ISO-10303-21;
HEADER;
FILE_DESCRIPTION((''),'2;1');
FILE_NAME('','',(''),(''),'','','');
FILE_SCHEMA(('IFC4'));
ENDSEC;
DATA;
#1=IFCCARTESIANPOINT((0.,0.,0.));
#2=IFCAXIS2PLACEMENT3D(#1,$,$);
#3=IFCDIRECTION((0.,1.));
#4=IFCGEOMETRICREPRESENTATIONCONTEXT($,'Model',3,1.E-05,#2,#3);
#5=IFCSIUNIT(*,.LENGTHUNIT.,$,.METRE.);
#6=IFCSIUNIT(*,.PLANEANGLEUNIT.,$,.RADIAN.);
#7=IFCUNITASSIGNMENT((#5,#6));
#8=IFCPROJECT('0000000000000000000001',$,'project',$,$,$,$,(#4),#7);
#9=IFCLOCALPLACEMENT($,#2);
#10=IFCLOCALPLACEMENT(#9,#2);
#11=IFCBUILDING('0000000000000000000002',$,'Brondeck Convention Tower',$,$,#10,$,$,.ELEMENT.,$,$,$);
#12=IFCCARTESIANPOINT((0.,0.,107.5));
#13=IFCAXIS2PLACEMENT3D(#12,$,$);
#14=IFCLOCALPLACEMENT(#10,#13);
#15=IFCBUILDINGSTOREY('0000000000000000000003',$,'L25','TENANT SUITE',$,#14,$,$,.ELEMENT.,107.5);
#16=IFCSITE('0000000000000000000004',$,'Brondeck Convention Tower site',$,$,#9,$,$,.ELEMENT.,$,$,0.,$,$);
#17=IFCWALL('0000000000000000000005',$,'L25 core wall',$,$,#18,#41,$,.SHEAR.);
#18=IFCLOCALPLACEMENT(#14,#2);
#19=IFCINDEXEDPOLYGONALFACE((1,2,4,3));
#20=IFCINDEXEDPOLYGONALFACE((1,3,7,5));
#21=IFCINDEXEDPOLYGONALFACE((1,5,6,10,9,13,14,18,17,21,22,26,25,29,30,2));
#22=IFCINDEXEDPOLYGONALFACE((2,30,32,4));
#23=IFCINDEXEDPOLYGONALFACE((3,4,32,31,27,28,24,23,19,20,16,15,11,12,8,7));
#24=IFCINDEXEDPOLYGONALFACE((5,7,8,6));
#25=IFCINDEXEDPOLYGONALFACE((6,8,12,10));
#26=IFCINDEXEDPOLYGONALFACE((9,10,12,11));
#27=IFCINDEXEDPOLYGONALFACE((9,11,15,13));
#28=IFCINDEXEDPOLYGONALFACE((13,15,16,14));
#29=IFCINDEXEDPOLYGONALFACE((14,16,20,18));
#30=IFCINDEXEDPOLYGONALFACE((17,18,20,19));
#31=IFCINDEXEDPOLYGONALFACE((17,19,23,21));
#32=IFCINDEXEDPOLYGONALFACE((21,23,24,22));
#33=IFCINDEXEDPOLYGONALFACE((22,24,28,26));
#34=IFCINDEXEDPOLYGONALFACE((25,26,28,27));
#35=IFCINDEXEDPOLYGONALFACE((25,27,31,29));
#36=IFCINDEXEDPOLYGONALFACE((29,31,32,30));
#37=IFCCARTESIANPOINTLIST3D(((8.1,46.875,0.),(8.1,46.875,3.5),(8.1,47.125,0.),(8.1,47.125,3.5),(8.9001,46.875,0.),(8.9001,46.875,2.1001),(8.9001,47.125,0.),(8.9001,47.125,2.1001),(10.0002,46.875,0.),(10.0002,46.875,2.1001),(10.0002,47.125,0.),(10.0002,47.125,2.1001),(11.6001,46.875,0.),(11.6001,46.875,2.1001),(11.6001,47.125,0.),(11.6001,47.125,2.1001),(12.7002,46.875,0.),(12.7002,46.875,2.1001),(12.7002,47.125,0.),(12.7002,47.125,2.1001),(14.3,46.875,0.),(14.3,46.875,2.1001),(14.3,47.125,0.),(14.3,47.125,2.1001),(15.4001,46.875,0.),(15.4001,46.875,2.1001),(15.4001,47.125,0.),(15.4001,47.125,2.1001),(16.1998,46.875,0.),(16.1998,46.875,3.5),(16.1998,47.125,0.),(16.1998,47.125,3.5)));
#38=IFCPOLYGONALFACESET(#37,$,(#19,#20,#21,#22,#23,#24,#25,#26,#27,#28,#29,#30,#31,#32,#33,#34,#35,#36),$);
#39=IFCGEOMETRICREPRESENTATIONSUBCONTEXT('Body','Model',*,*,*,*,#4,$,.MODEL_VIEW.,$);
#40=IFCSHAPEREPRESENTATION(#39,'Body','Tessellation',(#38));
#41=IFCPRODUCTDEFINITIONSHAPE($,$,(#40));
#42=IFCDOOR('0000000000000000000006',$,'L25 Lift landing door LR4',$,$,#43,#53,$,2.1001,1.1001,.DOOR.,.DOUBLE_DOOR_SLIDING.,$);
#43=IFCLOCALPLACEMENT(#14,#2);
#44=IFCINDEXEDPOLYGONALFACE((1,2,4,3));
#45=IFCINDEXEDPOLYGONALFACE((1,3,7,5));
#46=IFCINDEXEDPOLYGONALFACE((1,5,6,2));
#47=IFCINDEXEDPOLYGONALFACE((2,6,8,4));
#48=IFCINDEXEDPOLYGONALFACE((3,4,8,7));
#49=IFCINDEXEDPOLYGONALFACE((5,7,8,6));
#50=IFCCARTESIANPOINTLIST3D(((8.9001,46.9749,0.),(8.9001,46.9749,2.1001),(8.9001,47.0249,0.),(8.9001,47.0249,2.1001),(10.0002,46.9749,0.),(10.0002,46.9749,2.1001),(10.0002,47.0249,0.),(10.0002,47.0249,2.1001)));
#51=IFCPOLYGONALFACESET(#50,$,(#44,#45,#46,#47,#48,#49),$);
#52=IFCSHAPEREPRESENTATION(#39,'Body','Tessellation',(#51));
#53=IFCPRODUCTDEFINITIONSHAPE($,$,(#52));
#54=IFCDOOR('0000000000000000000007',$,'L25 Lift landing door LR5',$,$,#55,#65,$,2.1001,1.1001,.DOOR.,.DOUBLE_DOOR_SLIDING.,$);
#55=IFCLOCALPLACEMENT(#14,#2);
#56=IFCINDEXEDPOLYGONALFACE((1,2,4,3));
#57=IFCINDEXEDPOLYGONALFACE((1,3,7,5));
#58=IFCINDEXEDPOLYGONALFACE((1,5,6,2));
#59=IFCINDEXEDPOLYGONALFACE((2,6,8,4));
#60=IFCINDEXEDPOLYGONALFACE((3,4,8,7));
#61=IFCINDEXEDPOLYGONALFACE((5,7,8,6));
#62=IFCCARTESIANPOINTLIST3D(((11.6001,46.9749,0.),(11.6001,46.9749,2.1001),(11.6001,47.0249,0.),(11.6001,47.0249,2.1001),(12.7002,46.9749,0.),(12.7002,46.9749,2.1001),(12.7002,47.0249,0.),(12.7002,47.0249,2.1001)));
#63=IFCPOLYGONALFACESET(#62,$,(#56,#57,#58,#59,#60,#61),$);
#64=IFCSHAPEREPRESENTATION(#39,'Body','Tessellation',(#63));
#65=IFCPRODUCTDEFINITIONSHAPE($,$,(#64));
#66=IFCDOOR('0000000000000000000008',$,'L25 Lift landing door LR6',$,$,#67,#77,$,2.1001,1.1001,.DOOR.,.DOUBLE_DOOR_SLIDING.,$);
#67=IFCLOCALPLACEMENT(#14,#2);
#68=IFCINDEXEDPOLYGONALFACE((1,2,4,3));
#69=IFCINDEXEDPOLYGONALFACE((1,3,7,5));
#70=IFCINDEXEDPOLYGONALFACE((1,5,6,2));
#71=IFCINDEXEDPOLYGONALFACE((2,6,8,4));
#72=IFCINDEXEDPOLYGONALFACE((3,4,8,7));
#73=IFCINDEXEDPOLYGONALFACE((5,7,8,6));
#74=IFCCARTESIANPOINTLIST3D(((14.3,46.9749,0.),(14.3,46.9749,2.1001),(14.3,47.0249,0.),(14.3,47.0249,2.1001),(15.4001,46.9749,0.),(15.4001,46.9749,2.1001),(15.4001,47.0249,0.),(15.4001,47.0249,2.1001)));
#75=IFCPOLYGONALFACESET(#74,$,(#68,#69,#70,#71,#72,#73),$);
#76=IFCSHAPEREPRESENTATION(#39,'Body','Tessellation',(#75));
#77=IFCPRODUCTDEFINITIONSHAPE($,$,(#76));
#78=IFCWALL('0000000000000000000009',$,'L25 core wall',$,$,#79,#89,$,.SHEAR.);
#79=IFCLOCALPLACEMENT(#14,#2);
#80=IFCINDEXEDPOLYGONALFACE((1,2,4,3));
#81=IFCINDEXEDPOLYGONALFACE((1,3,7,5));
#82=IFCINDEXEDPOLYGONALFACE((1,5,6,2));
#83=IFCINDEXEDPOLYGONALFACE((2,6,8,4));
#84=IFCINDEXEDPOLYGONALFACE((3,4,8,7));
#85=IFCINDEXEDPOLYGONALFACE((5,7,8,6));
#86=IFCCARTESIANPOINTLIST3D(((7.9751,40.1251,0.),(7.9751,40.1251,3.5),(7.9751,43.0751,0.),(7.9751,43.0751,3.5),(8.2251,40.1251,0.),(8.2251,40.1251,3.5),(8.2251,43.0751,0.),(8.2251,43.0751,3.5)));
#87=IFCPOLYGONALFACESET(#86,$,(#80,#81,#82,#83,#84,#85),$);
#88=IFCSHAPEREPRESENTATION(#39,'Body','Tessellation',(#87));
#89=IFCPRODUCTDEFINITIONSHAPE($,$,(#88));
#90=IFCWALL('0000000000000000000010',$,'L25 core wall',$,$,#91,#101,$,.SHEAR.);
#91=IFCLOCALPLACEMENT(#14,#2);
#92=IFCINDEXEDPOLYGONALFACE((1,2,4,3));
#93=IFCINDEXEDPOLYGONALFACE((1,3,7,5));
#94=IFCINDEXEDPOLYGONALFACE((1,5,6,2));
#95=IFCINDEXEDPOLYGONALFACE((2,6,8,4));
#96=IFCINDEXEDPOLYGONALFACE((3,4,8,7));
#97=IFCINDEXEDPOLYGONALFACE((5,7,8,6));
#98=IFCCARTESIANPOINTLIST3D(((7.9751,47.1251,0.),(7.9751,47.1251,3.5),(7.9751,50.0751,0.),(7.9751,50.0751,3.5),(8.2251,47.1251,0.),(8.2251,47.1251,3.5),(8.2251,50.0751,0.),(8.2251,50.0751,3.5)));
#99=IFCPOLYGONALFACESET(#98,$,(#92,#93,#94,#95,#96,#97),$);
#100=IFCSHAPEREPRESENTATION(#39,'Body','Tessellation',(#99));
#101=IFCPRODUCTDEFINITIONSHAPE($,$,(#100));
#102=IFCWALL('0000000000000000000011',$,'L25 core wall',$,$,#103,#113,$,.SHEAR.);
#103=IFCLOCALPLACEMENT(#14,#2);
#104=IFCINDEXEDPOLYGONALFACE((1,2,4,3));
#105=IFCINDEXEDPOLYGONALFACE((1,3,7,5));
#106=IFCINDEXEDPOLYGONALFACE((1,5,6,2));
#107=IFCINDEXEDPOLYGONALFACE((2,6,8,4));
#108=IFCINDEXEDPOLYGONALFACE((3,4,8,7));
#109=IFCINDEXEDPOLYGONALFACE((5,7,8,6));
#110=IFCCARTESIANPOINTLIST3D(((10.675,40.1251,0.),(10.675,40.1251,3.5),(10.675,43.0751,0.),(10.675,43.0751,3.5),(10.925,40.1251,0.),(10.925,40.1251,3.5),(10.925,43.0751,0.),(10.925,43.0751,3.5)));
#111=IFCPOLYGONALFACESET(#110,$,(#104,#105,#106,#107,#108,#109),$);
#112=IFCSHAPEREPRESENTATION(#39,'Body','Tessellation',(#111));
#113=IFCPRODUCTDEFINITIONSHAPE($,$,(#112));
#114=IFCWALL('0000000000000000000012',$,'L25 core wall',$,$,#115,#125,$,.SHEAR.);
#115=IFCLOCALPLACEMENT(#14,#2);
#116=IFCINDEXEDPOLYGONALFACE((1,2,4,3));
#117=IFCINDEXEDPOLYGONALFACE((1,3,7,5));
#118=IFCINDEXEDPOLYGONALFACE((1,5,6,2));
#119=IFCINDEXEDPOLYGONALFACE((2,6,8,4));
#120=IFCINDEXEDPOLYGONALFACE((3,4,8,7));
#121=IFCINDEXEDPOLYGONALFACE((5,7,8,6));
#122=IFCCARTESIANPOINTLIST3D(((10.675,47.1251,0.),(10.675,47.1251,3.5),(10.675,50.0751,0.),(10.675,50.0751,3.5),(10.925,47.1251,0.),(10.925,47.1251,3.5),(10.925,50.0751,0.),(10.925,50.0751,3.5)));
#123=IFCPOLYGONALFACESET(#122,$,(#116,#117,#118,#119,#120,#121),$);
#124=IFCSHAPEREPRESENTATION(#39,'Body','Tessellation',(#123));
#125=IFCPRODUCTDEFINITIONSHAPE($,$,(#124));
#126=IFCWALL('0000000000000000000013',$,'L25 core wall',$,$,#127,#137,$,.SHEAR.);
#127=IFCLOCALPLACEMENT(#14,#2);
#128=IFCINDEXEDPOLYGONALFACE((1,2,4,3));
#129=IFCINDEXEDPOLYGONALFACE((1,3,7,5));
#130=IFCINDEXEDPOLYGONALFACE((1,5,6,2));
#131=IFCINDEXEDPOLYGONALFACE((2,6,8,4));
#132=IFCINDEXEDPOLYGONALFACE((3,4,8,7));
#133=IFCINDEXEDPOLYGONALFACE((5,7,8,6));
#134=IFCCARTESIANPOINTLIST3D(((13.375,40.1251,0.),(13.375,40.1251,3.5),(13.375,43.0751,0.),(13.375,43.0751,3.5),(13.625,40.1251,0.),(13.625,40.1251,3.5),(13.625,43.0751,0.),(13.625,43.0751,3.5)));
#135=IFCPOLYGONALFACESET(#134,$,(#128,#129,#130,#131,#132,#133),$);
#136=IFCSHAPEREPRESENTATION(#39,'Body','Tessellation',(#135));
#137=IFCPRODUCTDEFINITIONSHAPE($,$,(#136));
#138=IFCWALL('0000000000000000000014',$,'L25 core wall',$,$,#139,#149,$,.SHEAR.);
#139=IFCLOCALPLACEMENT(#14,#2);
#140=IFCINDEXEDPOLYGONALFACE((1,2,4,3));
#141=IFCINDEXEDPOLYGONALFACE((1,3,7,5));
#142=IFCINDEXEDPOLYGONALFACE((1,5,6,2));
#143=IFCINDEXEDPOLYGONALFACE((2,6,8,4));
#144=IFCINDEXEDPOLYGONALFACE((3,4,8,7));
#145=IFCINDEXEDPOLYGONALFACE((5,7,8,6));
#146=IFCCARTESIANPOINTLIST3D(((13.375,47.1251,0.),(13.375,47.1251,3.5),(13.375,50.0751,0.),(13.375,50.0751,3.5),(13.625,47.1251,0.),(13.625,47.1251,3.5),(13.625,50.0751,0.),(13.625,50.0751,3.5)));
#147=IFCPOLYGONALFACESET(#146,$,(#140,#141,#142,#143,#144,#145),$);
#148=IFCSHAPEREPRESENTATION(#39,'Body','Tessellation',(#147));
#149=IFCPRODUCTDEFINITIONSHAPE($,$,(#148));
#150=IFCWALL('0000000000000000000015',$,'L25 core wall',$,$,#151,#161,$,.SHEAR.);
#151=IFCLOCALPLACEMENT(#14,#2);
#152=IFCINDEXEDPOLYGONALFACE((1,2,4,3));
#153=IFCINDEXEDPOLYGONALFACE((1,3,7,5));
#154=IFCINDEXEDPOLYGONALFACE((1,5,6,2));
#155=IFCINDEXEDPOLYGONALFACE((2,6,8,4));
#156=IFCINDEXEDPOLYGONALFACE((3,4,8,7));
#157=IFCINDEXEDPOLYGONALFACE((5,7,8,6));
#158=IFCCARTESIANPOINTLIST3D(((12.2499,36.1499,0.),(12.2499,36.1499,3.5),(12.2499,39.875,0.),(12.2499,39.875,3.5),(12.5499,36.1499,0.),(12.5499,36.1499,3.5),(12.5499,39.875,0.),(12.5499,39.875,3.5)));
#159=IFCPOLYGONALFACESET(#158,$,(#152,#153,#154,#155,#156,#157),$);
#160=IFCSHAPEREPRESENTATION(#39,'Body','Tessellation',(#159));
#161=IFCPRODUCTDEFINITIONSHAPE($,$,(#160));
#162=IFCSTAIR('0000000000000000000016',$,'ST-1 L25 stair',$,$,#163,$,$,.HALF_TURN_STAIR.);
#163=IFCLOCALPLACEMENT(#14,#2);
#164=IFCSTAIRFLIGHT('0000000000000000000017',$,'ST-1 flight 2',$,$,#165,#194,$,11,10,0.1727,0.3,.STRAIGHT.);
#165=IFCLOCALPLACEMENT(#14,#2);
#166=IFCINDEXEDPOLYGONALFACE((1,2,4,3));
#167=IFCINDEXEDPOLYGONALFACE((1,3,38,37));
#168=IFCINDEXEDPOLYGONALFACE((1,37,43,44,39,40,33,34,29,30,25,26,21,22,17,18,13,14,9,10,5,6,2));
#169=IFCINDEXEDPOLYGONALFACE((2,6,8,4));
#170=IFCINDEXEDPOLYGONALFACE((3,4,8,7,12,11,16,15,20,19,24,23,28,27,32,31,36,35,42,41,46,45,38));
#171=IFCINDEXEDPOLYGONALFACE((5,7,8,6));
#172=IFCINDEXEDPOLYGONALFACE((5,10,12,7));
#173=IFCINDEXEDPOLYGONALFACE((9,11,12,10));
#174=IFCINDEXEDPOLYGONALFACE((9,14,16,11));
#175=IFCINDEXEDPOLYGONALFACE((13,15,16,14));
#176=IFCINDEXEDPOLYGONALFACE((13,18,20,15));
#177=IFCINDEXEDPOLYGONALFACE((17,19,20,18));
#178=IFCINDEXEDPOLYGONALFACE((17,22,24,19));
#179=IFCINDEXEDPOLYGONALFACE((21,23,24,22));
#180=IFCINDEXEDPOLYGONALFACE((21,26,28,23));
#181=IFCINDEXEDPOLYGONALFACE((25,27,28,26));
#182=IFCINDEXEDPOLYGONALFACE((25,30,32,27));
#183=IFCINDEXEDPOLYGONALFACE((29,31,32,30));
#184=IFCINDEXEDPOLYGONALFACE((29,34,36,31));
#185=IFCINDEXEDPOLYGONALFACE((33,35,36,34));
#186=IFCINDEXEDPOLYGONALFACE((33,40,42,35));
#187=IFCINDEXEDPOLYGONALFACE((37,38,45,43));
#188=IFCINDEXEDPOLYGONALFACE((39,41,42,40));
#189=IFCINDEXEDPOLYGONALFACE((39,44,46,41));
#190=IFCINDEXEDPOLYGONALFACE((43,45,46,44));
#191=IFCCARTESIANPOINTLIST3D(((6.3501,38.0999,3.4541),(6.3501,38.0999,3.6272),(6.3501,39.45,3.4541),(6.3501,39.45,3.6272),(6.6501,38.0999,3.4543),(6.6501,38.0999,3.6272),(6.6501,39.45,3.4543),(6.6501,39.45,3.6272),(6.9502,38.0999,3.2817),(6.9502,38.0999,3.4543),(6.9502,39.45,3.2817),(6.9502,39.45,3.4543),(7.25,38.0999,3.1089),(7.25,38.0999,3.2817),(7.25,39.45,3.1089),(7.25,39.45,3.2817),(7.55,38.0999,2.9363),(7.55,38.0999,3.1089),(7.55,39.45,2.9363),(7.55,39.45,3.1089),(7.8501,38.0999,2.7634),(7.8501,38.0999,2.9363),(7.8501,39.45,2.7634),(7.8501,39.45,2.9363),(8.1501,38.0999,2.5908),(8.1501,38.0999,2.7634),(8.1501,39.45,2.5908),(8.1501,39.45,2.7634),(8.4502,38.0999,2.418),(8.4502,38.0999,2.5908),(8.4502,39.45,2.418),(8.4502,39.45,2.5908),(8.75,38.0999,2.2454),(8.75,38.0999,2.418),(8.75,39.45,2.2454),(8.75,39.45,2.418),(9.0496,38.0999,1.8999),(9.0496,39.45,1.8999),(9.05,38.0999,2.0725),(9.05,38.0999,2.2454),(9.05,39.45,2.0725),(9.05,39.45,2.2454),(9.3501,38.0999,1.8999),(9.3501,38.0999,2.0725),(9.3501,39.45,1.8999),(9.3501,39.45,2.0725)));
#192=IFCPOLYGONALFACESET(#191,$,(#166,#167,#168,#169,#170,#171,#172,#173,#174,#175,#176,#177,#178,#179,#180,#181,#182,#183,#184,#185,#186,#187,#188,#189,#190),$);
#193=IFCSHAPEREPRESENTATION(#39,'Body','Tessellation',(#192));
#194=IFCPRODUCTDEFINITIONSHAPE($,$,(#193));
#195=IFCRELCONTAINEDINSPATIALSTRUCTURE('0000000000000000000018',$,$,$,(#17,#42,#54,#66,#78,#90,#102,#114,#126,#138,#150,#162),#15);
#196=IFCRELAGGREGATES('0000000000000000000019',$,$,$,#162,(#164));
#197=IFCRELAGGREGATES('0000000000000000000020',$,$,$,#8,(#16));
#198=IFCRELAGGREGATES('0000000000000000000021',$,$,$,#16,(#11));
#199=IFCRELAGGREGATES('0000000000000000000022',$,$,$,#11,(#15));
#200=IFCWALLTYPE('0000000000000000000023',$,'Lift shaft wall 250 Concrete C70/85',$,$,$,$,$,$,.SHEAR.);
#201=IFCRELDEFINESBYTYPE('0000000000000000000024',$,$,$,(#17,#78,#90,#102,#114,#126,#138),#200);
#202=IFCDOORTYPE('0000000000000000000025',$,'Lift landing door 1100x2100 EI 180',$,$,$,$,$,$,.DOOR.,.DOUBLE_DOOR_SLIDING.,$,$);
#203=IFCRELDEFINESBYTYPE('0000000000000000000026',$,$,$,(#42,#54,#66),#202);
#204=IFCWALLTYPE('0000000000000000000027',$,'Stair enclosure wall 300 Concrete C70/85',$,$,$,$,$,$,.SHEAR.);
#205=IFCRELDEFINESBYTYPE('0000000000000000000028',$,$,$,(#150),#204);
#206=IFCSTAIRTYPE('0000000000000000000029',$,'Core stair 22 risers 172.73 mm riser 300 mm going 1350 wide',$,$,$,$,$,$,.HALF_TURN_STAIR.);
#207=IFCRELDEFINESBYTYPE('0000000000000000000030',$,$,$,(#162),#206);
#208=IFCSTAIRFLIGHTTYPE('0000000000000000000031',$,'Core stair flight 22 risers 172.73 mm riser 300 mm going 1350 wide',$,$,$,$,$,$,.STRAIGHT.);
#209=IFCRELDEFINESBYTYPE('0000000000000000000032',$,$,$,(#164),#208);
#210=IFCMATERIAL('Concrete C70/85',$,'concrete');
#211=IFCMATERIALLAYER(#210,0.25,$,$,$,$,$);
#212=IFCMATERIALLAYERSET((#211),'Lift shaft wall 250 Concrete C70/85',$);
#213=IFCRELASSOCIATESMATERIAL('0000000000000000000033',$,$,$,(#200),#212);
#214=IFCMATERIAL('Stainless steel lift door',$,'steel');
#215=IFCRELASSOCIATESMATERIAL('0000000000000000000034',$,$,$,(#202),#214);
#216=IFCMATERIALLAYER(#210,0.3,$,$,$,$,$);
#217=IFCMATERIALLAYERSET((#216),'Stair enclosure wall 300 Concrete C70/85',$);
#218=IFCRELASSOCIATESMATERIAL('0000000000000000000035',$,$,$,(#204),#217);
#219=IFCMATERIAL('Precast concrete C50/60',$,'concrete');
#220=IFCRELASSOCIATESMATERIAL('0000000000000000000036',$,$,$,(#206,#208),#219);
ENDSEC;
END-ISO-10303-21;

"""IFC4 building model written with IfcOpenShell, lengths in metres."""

from ifc_helpers import new_model, si_unit, direction, frame, frame_2d, origin, place, context, subcontext, project, spatial, polyline, rectangle, outline, extrude, material, layer, layer_set, type_object, element, fill, aggregate, save


model = new_model("IFC4")

# Units and contexts
model_context = context("Model", 3, precision=1e-05, world=origin(), true_north=direction((0.0, 1.0)))
body_context = subcontext(model_context, "Body", "Model", "MODEL_VIEW")
ifc_project = project(units=[si_unit("LENGTHUNIT", "METRE"), si_unit("PLANEANGLEUNIT", "RADIAN")], contexts=[model_context])

# Site, building, storey
site_placement = place(None, origin())
site = spatial("IfcSite", under=ifc_project, at=site_placement, Name="Brondeck Convention Tower site", CompositionType="ELEMENT", RefElevation=0.0)
building_placement = place(site_placement, origin())
building = spatial("IfcBuilding", under=site, at=building_placement, Name="Brondeck Convention Tower", CompositionType="ELEMENT")
storey_placement = place(building_placement, frame((0.0, 0.0, 107.5)))
storey = spatial("IfcBuildingStorey", under=building, at=storey_placement, Name="L25", Description="TENANT SUITE", CompositionType="ELEMENT", Elevation=107.5)

# Wall, openings, doors
ifc_material_1 = material(Name="Concrete C70/85", Category="concrete")
ifc_layer_1 = layer(ifc_material_1, 0.25)
ifc_layer_set_1 = layer_set([ifc_layer_1], Name="Lift shaft wall 250 Concrete C70/85")
wall_type_1 = type_object("IfcWallType", Name="Lift shaft wall 250 Concrete C70/85", PredefinedType="SHEAR", material=ifc_layer_set_1)
ifc_material_2 = material(Name="Stainless steel lift door", Category="steel")
door_type_1 = type_object("IfcDoorType", Name="Lift landing door 1100x2100 EI 180", OperationType="DOUBLE_DOOR_SLIDING", PredefinedType="DOOR", material=ifc_material_2)
wall_1_placement = place(storey_placement, frame((8.1001, 47.0, 0.0), z_axis=(0.0, 0.0, 1.0), x_axis=(1.0, 0.0, 0.0)))
wall_1 = element("IfcWall", 1, at=wall_1_placement, inside=storey, type_object=wall_type_1, Name="L25 core wall", PredefinedType="SHEAR", context=body_context, shape_type="SweptSolid", body=[
    extrude(rectangle(XDim=8.0999, YDim=0.25, at=frame_2d((4.0498, 0.0))), origin(), (0.0, 0.0, 1.0), 3.5),
])
opening_1_placement = place(wall_1_placement, frame((0.8, 0.0, 0.0)))
opening_1 = element("IfcOpeningElement", 2, at=opening_1_placement, cuts=wall_1, PredefinedType="OPENING", context=body_context, shape_type="SweptSolid", body=[
    extrude(rectangle(XDim=1.1001, YDim=2.1001, at=frame_2d((0.55, 1.05))), frame((0.0, 0.135, 0.0), z_axis=(0.0, -1.0, 0.0), x_axis=(1.0, 0.0, 0.0)), (0.0, 0.0, 1.0), 0.27),
])
opening_2_placement = place(wall_1_placement, frame((3.5, 0.0, 0.0)))
opening_2 = element("IfcOpeningElement", 3, at=opening_2_placement, cuts=wall_1, PredefinedType="OPENING", context=body_context, shape_type="SweptSolid", body=[
    extrude(rectangle(XDim=1.1001, YDim=2.1001, at=frame_2d((0.55, 1.05))), frame((0.0, 0.135, 0.0), z_axis=(0.0, -1.0, 0.0), x_axis=(1.0, 0.0, 0.0)), (0.0, 0.0, 1.0), 0.27),
])
opening_3_placement = place(wall_1_placement, frame((6.2, 0.0, 0.0)))
opening_3 = element("IfcOpeningElement", 4, at=opening_3_placement, cuts=wall_1, PredefinedType="OPENING", context=body_context, shape_type="SweptSolid", body=[
    extrude(rectangle(XDim=1.1001, YDim=2.1001, at=frame_2d((0.55, 1.05))), frame((0.0, 0.135, 0.0), z_axis=(0.0, -1.0, 0.0), x_axis=(1.0, 0.0, 0.0)), (0.0, 0.0, 1.0), 0.27),
])
door_1_placement = place(opening_1_placement, origin())
door_1 = element("IfcDoor", 5, at=door_1_placement, inside=storey, type_object=door_type_1, Name="L25 Lift landing door LR4", OperationType="DOUBLE_DOOR_SLIDING", OverallHeight=2.1001, OverallWidth=1.1001, PredefinedType="DOOR", context=body_context, shape_type="SweptSolid", body=[
    extrude(rectangle(XDim=1.1001, YDim=2.1001, at=frame_2d((0.55, 1.05))), frame((0.0, 0.0249, 0.0), z_axis=(0.0, -1.0, 0.0), x_axis=(1.0, 0.0, 0.0)), (0.0, 0.0, 1.0), 0.05),
])
fill(opening_1, door_1)
door_2_placement = place(opening_2_placement, origin())
door_2 = element("IfcDoor", 6, at=door_2_placement, inside=storey, type_object=door_type_1, Name="L25 Lift landing door LR5", OperationType="DOUBLE_DOOR_SLIDING", OverallHeight=2.1001, OverallWidth=1.1001, PredefinedType="DOOR", context=body_context, shape_type="SweptSolid", body=[
    extrude(rectangle(XDim=1.1001, YDim=2.1001, at=frame_2d((0.55, 1.05))), frame((0.0, 0.0249, 0.0), z_axis=(0.0, -1.0, 0.0), x_axis=(1.0, 0.0, 0.0)), (0.0, 0.0, 1.0), 0.05),
])
fill(opening_2, door_2)
door_3_placement = place(opening_3_placement, origin())
door_3 = element("IfcDoor", 7, at=door_3_placement, inside=storey, type_object=door_type_1, Name="L25 Lift landing door LR6", OperationType="DOUBLE_DOOR_SLIDING", OverallHeight=2.1001, OverallWidth=1.1001, PredefinedType="DOOR", context=body_context, shape_type="SweptSolid", body=[
    extrude(rectangle(XDim=1.1001, YDim=2.1001, at=frame_2d((0.55, 1.05))), frame((0.0, 0.0249, 0.0), z_axis=(0.0, -1.0, 0.0), x_axis=(1.0, 0.0, 0.0)), (0.0, 0.0, 1.0), 0.05),
])
fill(opening_3, door_3)

# Walls
for number, where, z_axis, x_axis, name in (
    (8, (8.1001, 40.125, 0.0), (0.0, 0.0, 1.0), (0.0, 1.0, 0.0), "L25 core wall"),
    (9, (8.1001, 47.125, 0.0), (0.0, 0.0, 1.0), (0.0, 1.0, 0.0), "L25 core wall"),
    (10, (10.8, 40.125, 0.0), (0.0, 0.0, 1.0), (0.0, 1.0, 0.0), "L25 core wall"),
    (11, (10.8, 47.125, 0.0), (0.0, 0.0, 1.0), (0.0, 1.0, 0.0), "L25 core wall"),
    (12, (13.5, 40.125, 0.0), (0.0, 0.0, 1.0), (0.0, 1.0, 0.0), "L25 core wall"),
    (13, (13.5, 47.125, 0.0), (0.0, 0.0, 1.0), (0.0, 1.0, 0.0), "L25 core wall"),
):
    element("IfcWall", number, at=place(storey_placement, frame(where, z_axis=z_axis, x_axis=x_axis)), inside=storey, type_object=wall_type_1, Name=name, PredefinedType="SHEAR", context=body_context, shape_type="SweptSolid", body=[
        extrude(rectangle(XDim=2.95, YDim=0.25, at=frame_2d((1.4751, 0.0))), origin(), (0.0, 0.0, 1.0), 3.5),
    ])
ifc_layer_2 = layer(ifc_material_1, 0.3)
ifc_layer_set_2 = layer_set([ifc_layer_2], Name="Stair enclosure wall 300 Concrete C70/85")
wall_type_2 = type_object("IfcWallType", Name="Stair enclosure wall 300 Concrete C70/85", PredefinedType="SHEAR", material=ifc_layer_set_2)
wall_2_placement = place(storey_placement, frame((12.3999, 36.1499, 0.0), z_axis=(0.0, 0.0, 1.0), x_axis=(0.0, 1.0, 0.0)))
element("IfcWall", 14, at=wall_2_placement, inside=storey, type_object=wall_type_2, Name="L25 core wall", PredefinedType="SHEAR", context=body_context, shape_type="SweptSolid", body=[
    extrude(rectangle(XDim=3.7251, YDim=0.3, at=frame_2d((1.8625, 0.0))), origin(), (0.0, 0.0, 1.0), 3.5),
])

# Stair, stair flight
ifc_material_3 = material(Name="Precast concrete C50/60", Category="concrete")
stair_type = type_object("IfcStairType", Name="Core stair 22 risers 172.73 mm riser 300 mm going 1350 wide", PredefinedType="HALF_TURN_STAIR", material=ifc_material_3)
stair_placement = place(storey_placement, origin())
stair = element("IfcStair", 15, at=stair_placement, inside=storey, type_object=stair_type, Name="ST-1 L25 stair", PredefinedType="HALF_TURN_STAIR")
stair_flight_type = type_object("IfcStairFlightType", Name="Core stair flight 22 risers 172.73 mm riser 300 mm going 1350 wide", PredefinedType="STRAIGHT", material=ifc_material_3)
stair_flight_placement = place(storey_placement, frame((9.3501, 38.7749, 1.8999), z_axis=(0.0, 0.0, 1.0), x_axis=(-1.0, 0.0, 0.0)))
stair_flight = element("IfcStairFlight", 16, at=stair_flight_placement, type_object=stair_flight_type, Name="ST-1 flight 2", NumberOfRisers=11, NumberOfTreads=10, PredefinedType="STRAIGHT", RiserHeight=0.1727, TreadLength=0.3, context=body_context, shape_type="SweptSolid", body=[
    extrude(outline(polyline([(0.0, 0.0), (0.0, 0.1726), (0.3, 0.1726), (0.3, 0.3455), (0.6001, 0.3455), (0.6001, 0.5181), (0.8999, 0.5181), (0.8999, 0.6909), (1.2, 0.6909), (1.2, 0.8635), (1.5, 0.8635), (1.5, 1.0364), (1.8, 1.0364), (1.8, 1.209), (2.1001, 1.209), (2.1001, 1.3818), (2.3999, 1.3818), (2.3999, 1.5544), (2.7, 1.5544), (2.7, 1.7273), (3.0, 1.7273), (3.0, 1.8999), (3.0, 1.5542), (0.3005, 0.0), (0.0, 0.0)])), frame((0.0, 0.675, 0.0), z_axis=(0.0, -1.0, 0.0), x_axis=(1.0, 0.0, 0.0)), (0.0, 0.0, 1.0), 1.3501),
])
aggregate(stair, [stair_flight])

save(model, "model.ifc")
